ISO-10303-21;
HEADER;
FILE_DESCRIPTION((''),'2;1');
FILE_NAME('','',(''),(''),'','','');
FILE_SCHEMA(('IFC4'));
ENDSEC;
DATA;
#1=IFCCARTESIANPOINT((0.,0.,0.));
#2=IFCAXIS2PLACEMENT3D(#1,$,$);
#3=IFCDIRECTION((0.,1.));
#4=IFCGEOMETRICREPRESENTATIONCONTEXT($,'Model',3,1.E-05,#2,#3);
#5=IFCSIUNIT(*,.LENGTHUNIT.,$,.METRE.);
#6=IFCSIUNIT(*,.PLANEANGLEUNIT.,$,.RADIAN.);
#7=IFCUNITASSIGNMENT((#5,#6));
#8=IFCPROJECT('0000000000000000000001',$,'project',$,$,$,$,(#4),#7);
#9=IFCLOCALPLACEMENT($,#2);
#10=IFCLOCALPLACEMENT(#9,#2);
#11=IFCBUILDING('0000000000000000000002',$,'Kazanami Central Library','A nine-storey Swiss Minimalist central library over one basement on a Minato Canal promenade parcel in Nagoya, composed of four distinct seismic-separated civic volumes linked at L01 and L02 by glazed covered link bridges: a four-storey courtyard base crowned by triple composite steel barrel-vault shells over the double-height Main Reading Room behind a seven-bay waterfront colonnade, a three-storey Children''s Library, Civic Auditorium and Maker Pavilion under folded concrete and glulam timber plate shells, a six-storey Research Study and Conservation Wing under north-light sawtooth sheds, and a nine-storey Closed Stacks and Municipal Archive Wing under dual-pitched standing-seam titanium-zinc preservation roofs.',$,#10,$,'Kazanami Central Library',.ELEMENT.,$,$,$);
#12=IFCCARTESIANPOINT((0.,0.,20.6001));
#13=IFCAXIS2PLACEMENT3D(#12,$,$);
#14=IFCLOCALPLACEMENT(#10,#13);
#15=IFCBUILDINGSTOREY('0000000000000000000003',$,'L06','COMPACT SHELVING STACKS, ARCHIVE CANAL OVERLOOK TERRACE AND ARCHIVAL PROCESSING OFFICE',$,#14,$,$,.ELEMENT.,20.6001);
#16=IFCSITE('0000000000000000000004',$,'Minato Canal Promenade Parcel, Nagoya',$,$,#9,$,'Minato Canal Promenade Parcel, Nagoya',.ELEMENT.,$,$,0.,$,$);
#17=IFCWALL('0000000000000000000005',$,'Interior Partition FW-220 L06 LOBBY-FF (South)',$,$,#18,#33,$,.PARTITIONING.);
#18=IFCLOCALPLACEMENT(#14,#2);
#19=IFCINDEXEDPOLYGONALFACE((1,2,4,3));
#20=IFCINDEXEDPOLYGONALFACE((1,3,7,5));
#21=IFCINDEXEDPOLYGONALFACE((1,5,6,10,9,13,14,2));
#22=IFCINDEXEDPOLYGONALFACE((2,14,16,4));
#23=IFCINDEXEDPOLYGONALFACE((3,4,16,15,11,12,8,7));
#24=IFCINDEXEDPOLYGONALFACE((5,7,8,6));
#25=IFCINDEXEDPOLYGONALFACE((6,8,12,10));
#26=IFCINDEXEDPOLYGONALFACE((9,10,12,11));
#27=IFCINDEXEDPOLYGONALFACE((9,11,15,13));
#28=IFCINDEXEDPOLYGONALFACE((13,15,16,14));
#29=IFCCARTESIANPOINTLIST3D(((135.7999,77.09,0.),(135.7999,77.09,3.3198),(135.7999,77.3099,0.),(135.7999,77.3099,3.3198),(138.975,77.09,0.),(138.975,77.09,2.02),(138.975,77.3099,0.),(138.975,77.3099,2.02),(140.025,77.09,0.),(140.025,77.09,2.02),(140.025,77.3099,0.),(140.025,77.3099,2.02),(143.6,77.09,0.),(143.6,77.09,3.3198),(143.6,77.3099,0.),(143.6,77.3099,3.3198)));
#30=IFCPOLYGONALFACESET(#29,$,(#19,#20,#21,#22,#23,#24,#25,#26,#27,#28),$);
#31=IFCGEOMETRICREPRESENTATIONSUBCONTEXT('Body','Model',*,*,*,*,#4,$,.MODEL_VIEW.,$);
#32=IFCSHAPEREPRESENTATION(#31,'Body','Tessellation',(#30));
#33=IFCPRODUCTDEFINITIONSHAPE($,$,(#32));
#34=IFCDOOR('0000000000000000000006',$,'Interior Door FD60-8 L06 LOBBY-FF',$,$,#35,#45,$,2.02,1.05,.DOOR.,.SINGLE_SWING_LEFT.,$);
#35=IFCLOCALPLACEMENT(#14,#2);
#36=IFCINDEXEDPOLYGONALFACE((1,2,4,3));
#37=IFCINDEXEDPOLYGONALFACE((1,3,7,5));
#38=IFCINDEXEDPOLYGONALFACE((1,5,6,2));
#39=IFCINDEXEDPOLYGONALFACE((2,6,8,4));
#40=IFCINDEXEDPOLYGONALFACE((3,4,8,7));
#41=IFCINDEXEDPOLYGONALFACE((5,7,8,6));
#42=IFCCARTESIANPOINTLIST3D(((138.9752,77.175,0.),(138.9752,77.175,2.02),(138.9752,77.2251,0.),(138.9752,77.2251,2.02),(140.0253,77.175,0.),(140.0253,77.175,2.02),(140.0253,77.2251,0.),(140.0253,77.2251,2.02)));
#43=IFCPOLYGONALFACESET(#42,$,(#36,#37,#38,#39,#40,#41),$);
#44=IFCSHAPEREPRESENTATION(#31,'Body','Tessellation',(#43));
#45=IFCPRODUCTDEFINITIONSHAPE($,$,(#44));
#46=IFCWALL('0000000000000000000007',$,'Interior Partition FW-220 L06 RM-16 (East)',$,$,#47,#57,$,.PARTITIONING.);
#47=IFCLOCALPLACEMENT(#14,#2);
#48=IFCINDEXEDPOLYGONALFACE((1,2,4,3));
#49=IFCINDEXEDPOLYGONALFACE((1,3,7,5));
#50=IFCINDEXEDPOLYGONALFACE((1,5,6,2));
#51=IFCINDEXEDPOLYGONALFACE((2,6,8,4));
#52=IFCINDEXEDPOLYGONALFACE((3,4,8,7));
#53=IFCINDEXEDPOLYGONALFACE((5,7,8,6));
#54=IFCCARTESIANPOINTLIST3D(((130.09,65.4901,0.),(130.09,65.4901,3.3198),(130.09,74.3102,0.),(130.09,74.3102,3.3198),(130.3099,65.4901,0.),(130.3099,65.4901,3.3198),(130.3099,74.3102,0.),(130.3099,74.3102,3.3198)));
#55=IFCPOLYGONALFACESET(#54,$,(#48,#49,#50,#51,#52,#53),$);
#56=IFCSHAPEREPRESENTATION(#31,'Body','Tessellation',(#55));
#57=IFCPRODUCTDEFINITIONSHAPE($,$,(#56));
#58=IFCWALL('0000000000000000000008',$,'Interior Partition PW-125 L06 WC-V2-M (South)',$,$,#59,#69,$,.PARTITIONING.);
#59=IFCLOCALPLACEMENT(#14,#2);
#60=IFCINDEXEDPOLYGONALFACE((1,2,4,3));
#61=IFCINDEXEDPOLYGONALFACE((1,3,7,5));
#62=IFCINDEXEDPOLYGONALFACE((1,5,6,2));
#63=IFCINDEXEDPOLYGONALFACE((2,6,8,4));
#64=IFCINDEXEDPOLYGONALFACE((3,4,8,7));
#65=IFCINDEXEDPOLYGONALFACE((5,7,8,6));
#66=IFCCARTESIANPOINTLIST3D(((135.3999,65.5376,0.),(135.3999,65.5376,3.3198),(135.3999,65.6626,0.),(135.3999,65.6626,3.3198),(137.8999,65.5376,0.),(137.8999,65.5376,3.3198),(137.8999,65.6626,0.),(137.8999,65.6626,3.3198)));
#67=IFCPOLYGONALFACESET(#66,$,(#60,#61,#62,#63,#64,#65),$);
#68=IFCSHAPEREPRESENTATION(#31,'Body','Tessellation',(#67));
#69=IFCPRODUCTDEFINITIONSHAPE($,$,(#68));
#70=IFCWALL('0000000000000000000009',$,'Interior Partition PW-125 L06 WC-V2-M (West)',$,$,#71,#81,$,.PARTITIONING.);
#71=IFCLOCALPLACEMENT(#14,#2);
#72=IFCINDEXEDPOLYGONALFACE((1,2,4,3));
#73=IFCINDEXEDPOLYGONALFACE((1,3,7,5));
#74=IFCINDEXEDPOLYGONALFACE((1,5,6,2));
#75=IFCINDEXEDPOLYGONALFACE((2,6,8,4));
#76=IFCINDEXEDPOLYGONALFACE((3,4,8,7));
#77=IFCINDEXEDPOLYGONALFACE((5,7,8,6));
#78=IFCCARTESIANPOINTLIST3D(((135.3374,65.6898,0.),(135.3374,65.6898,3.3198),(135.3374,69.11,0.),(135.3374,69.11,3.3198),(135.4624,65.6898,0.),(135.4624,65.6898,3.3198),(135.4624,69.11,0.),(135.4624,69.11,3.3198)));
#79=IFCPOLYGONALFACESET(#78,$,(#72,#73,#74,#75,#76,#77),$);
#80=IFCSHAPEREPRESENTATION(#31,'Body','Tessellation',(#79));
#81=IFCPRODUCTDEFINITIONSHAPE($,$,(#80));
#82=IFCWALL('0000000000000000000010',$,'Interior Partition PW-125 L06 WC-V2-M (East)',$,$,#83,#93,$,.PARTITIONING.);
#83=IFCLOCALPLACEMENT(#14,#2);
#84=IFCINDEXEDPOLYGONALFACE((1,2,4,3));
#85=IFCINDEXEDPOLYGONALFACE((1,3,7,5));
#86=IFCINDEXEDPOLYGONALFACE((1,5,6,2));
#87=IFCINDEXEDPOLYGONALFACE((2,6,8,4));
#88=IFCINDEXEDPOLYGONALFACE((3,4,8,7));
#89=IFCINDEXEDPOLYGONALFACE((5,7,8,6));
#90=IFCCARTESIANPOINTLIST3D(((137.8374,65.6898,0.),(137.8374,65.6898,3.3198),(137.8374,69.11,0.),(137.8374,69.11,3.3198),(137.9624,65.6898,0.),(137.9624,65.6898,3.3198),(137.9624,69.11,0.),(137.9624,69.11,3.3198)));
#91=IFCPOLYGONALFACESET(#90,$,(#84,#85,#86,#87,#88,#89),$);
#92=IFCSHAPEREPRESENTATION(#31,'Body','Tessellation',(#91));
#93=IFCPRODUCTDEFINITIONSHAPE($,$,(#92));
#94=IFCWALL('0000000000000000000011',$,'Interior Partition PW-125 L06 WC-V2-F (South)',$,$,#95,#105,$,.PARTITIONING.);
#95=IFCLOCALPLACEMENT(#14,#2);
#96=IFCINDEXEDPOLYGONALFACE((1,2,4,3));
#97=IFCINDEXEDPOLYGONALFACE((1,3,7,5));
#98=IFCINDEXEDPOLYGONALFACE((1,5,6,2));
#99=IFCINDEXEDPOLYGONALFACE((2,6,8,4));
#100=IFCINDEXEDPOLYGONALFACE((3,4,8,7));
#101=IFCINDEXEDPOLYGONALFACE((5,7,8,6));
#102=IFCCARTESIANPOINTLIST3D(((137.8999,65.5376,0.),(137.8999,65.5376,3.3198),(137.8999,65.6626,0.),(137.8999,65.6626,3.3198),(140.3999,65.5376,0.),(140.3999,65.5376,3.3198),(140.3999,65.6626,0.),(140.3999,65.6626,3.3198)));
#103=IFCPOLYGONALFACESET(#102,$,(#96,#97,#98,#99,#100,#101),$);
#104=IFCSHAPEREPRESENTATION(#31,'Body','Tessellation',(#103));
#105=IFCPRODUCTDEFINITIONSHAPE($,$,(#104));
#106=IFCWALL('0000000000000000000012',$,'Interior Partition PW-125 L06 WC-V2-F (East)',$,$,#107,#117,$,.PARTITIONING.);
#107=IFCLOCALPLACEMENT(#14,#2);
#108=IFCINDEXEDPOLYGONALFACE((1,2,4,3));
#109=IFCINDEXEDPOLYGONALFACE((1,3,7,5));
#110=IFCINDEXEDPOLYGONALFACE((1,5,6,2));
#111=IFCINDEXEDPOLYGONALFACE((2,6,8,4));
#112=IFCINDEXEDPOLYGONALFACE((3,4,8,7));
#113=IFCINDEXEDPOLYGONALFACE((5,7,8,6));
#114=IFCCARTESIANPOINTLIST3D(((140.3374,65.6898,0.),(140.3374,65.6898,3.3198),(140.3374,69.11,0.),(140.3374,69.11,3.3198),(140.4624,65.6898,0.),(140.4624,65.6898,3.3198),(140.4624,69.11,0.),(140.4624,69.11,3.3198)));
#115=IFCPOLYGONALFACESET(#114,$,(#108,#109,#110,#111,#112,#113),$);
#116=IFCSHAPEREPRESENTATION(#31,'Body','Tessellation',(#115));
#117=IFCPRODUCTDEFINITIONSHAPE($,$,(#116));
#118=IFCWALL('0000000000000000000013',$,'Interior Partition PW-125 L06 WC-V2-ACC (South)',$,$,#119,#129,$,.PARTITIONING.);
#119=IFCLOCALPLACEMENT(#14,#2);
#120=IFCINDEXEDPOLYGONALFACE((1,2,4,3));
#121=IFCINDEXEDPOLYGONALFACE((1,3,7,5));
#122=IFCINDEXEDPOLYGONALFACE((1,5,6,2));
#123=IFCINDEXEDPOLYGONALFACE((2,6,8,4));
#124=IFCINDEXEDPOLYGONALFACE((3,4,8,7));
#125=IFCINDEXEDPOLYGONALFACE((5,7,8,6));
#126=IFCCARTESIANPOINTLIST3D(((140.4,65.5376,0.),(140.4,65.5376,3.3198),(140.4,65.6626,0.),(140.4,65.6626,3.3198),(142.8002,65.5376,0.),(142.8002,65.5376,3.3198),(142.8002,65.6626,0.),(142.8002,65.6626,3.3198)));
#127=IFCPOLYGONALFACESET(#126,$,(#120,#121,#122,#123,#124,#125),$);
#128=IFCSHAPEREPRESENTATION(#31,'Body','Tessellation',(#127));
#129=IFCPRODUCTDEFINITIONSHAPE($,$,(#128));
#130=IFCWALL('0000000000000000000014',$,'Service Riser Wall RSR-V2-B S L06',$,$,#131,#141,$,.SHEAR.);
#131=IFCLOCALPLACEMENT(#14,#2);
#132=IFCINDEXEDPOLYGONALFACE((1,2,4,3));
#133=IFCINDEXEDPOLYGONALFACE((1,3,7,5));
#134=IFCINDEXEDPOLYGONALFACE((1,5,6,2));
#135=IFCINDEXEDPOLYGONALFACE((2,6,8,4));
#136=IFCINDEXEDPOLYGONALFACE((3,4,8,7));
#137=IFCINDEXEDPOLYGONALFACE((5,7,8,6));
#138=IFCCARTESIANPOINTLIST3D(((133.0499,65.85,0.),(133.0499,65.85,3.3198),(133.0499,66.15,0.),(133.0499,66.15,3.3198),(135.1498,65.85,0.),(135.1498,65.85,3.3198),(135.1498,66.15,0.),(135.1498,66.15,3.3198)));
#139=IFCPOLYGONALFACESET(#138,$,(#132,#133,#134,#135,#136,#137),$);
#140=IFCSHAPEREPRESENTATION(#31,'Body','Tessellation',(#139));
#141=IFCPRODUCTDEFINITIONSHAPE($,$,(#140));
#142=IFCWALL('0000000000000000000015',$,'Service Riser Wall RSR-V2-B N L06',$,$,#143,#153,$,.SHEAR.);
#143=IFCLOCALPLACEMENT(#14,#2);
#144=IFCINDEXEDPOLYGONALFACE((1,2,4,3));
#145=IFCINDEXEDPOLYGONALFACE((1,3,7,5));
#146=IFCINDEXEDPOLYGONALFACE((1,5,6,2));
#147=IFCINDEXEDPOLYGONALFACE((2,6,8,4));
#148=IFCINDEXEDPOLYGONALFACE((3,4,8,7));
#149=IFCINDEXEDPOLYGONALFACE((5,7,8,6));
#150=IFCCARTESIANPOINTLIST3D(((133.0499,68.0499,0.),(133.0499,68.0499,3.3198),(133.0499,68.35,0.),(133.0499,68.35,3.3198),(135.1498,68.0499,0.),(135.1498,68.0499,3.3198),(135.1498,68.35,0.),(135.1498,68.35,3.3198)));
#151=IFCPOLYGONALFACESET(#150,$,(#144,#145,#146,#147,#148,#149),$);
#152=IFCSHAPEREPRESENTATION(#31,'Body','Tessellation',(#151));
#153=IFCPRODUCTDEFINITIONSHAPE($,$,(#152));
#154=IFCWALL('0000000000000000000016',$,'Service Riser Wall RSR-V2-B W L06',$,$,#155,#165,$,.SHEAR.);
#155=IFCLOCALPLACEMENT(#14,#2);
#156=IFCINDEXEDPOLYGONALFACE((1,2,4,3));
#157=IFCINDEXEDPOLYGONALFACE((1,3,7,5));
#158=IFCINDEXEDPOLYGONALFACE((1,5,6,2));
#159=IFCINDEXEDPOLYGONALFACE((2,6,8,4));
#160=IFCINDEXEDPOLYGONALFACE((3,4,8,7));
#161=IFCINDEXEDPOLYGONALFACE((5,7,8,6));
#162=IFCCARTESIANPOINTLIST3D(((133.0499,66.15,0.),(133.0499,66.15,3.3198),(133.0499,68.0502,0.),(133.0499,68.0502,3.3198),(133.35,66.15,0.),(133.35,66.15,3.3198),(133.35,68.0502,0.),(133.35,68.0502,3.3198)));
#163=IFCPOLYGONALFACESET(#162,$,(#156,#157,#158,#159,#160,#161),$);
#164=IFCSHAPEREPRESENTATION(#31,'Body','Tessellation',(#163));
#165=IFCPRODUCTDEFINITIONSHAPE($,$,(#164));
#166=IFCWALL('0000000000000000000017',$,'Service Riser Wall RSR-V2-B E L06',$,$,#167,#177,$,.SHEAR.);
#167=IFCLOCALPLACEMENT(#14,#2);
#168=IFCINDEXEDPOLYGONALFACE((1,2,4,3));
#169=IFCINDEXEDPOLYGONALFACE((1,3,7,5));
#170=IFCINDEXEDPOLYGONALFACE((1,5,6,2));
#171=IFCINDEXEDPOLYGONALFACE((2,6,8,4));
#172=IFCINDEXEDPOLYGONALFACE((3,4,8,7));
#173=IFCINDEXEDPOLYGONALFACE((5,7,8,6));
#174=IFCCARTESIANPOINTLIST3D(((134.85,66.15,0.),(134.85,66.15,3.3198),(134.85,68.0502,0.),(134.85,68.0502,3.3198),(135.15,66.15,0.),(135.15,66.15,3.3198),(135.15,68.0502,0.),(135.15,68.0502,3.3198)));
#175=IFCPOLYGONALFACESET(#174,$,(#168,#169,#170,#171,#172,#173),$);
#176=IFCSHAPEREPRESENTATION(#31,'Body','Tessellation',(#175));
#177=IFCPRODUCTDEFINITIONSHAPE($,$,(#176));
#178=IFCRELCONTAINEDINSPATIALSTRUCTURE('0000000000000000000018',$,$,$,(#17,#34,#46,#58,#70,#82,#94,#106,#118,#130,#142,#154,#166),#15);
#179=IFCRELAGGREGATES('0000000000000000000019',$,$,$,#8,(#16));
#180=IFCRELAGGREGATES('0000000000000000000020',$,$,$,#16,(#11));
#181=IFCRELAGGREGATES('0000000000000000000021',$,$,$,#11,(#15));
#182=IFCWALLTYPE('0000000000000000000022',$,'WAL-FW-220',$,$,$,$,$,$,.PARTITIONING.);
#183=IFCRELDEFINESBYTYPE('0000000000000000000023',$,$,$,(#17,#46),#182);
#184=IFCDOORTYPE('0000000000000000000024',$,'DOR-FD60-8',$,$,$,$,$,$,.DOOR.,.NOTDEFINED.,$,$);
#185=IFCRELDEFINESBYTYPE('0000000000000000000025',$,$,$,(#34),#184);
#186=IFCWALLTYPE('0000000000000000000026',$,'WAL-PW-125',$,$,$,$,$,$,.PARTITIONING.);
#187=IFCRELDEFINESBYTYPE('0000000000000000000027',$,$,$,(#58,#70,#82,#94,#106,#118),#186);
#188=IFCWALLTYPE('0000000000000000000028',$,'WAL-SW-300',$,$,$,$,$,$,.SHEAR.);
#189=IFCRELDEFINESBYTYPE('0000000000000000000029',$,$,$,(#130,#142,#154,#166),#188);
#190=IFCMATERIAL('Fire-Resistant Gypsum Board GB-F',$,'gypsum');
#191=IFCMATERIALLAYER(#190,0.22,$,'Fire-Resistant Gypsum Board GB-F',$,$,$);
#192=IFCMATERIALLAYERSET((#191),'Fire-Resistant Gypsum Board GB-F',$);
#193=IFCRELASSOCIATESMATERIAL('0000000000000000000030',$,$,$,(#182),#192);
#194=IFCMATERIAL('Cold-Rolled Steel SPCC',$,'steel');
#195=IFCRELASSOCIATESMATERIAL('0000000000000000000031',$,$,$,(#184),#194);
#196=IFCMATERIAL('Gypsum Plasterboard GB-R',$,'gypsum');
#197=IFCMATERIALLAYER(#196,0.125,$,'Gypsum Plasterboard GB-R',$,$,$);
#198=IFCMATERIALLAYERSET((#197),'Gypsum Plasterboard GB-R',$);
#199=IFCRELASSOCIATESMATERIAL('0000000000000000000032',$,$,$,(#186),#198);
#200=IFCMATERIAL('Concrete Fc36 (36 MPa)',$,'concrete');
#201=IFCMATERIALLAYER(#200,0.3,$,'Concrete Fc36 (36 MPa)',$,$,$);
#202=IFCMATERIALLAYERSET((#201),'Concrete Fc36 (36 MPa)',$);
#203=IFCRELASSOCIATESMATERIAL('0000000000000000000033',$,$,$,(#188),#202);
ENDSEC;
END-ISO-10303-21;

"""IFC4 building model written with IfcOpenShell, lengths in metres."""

from ifc_helpers import new_model, si_unit, direction, frame, frame_2d, origin, place, context, subcontext, project, spatial, rectangle, extrude, material, layer, layer_set, type_object, element, fill, save


model = new_model("IFC4")

# Units and contexts
model_context = context("Model", 3, precision=1e-05, world=origin(), true_north=direction((0.0, 1.0)))
body_context = subcontext(model_context, "Body", "Model", "MODEL_VIEW")
ifc_project = project(units=[si_unit("LENGTHUNIT", "METRE"), si_unit("PLANEANGLEUNIT", "RADIAN")], contexts=[model_context])

# Site, building, storey
site_placement = place(None, origin())
site = spatial("IfcSite", under=ifc_project, at=site_placement, Name="Minato Canal Promenade Parcel, Nagoya", LongName="Minato Canal Promenade Parcel, Nagoya", CompositionType="ELEMENT", RefElevation=0.0)
building_placement = place(site_placement, origin())
building = spatial("IfcBuilding", under=site, at=building_placement, Name="Kazanami Central Library", Description="A nine-storey Swiss Minimalist central library over one basement on a Minato Canal promenade parcel in Nagoya, composed of four distinct seismic-separated civic volumes linked at L01 and L02 by glazed covered link bridges: a four-storey courtyard base crowned by triple composite steel barrel-vault shells over the double-height Main Reading Room behind a seven-bay waterfront colonnade, a three-storey Children's Library, Civic Auditorium and Maker Pavilion under folded concrete and glulam timber plate shells, a six-storey Research Study and Conservation Wing under north-light sawtooth sheds, and a nine-storey Closed Stacks and Municipal Archive Wing under dual-pitched standing-seam titanium-zinc preservation roofs.", LongName="Kazanami Central Library", CompositionType="ELEMENT")
storey_placement = place(building_placement, frame((0.0, 0.0, 20.6001)))
storey = spatial("IfcBuildingStorey", under=building, at=storey_placement, Name="L06", Description="COMPACT SHELVING STACKS, ARCHIVE CANAL OVERLOOK TERRACE AND ARCHIVAL PROCESSING OFFICE", CompositionType="ELEMENT", Elevation=20.6001)

# Shared definitions
ifc_material_1 = material(Name="Fire-Resistant Gypsum Board GB-F", Category="gypsum")
ifc_material_2 = material(Name="Cold-Rolled Steel SPCC", Category="steel")

# Shared definitions
ifc_layer_1 = layer(ifc_material_1, 0.22, Name="Fire-Resistant Gypsum Board GB-F")
ifc_layer_set_1 = layer_set([ifc_layer_1], Name="Fire-Resistant Gypsum Board GB-F")
wall_type_1 = type_object("IfcWallType", Name="WAL-FW-220", PredefinedType="PARTITIONING", material=ifc_layer_set_1)

# Wall, opening, door
wall_1_placement = place(storey_placement, frame((135.8, 77.2, 0.0), z_axis=(0.0, 0.0, 1.0), x_axis=(1.0, 0.0, 0.0)))
wall_1 = element("IfcWall", 1, at=wall_1_placement, inside=storey, type_object=wall_type_1, Name="Interior Partition FW-220 L06 LOBBY-FF (South)", PredefinedType="PARTITIONING", context=body_context, shape_type="SweptSolid", body=[
    extrude(rectangle(XDim=7.8, YDim=0.22, at=frame_2d((3.8999, 0.0))), origin(), (0.0, 0.0, 1.0), 3.3198),
])
opening_1_placement = place(wall_1_placement, frame((3.175, 0.0, 0.0)))
opening_1 = element("IfcOpeningElement", 2, at=opening_1_placement, cuts=wall_1, PredefinedType="OPENING", context=body_context, shape_type="SweptSolid", body=[
    extrude(rectangle(XDim=1.05, YDim=2.02, at=frame_2d((0.5249, 1.01))), frame((0.0, 0.1221, 0.0), z_axis=(0.0, -1.0, 0.0), x_axis=(1.0, 0.0, 0.0)), (0.0, 0.0, 1.0), 0.2439),
])
door_type_1 = type_object("IfcDoorType", Name="DOR-FD60-8", OperationType="NOTDEFINED", PredefinedType="DOOR", material=ifc_material_2)
door_1_placement = place(opening_1_placement, frame((1.05, 0.0, 0.0), z_axis=(0.0, 0.0, 1.0), x_axis=(-1.0, 0.0, 0.0)))
door_1 = element("IfcDoor", 3, at=door_1_placement, inside=storey, type_object=door_type_1, Name="Interior Door FD60-8 L06 LOBBY-FF", OperationType="SINGLE_SWING_LEFT", OverallHeight=2.02, OverallWidth=1.05, PredefinedType="DOOR", context=body_context, shape_type="SweptSolid", body=[
    extrude(rectangle(XDim=1.05, YDim=2.02, at=frame_2d((0.5249, 1.01))), frame((0.0, 0.0249, 0.0), z_axis=(0.0, -1.0, 0.0), x_axis=(1.0, 0.0, 0.0)), (0.0, 0.0, 1.0), 0.05),
])
fill(opening_1, door_1)

# Walls
wall_2_placement = place(storey_placement, frame((130.2, 65.49, 0.0), z_axis=(0.0, 0.0, 1.0), x_axis=(0.0, 1.0, 0.0)))
element("IfcWall", 4, at=wall_2_placement, inside=storey, type_object=wall_type_1, Name="Interior Partition FW-220 L06 RM-16 (East)", PredefinedType="PARTITIONING", context=body_context, shape_type="SweptSolid", body=[
    extrude(rectangle(XDim=8.8201, YDim=0.22, at=frame_2d((4.4102, 0.0))), origin(), (0.0, 0.0, 1.0), 3.3198),
])
ifc_material_3 = material(Name="Gypsum Plasterboard GB-R", Category="gypsum")
ifc_layer_2 = layer(ifc_material_3, 0.125, Name="Gypsum Plasterboard GB-R")
ifc_layer_set_2 = layer_set([ifc_layer_2], Name="Gypsum Plasterboard GB-R")
wall_type_2 = type_object("IfcWallType", Name="WAL-PW-125", PredefinedType="PARTITIONING", material=ifc_layer_set_2)
wall_3_placement = place(storey_placement, frame((135.3999, 65.6001, 0.0), z_axis=(0.0, 0.0, 1.0), x_axis=(1.0, 0.0, 0.0)))
element("IfcWall", 5, at=wall_3_placement, inside=storey, type_object=wall_type_2, Name="Interior Partition PW-125 L06 WC-V2-M (South)", PredefinedType="PARTITIONING", context=body_context, shape_type="SweptSolid", body=[
    extrude(rectangle(XDim=2.5, YDim=0.125, at=frame_2d((1.25, 0.0))), origin(), (0.0, 0.0, 1.0), 3.3198),
])
for number, where, z_axis, x_axis, name in (
    (6, (135.3999, 65.6899, 0.0), (0.0, 0.0, 1.0), (0.0, 1.0, 0.0), "Interior Partition PW-125 L06 WC-V2-M (West)"),
    (7, (137.8999, 65.6899, 0.0), (0.0, 0.0, 1.0), (0.0, 1.0, 0.0), "Interior Partition PW-125 L06 WC-V2-M (East)"),
):
    element("IfcWall", number, at=place(storey_placement, frame(where, z_axis=z_axis, x_axis=x_axis)), inside=storey, type_object=wall_type_2, Name=name, PredefinedType="PARTITIONING", context=body_context, shape_type="SweptSolid", body=[
        extrude(rectangle(XDim=3.4202, YDim=0.125, at=frame_2d((1.71, 0.0))), origin(), (0.0, 0.0, 1.0), 3.3198),
    ])
wall_4_placement = place(storey_placement, frame((137.8999, 65.6001, 0.0), z_axis=(0.0, 0.0, 1.0), x_axis=(1.0, 0.0, 0.0)))
element("IfcWall", 8, at=wall_4_placement, inside=storey, type_object=wall_type_2, Name="Interior Partition PW-125 L06 WC-V2-F (South)", PredefinedType="PARTITIONING", context=body_context, shape_type="SweptSolid", body=[
    extrude(rectangle(XDim=2.5, YDim=0.125, at=frame_2d((1.25, 0.0))), origin(), (0.0, 0.0, 1.0), 3.3198),
])
wall_5_placement = place(storey_placement, frame((140.3999, 65.6899, 0.0), z_axis=(0.0, 0.0, 1.0), x_axis=(0.0, 1.0, 0.0)))
element("IfcWall", 9, at=wall_5_placement, inside=storey, type_object=wall_type_2, Name="Interior Partition PW-125 L06 WC-V2-F (East)", PredefinedType="PARTITIONING", context=body_context, shape_type="SweptSolid", body=[
    extrude(rectangle(XDim=3.4202, YDim=0.125, at=frame_2d((1.71, 0.0))), origin(), (0.0, 0.0, 1.0), 3.3198),
])
wall_6_placement = place(storey_placement, frame((140.3999, 65.6001, 0.0), z_axis=(0.0, 0.0, 1.0), x_axis=(1.0, 0.0, 0.0)))
element("IfcWall", 10, at=wall_6_placement, inside=storey, type_object=wall_type_2, Name="Interior Partition PW-125 L06 WC-V2-ACC (South)", PredefinedType="PARTITIONING", context=body_context, shape_type="SweptSolid", body=[
    extrude(rectangle(XDim=2.4001, YDim=0.125, at=frame_2d((1.2002, 0.0))), origin(), (0.0, 0.0, 1.0), 3.3198),
])
ifc_material_4 = material(Name="Concrete Fc36 (36 MPa)", Category="concrete")
ifc_layer_3 = layer(ifc_material_4, 0.3, Name="Concrete Fc36 (36 MPa)")
ifc_layer_set_3 = layer_set([ifc_layer_3], Name="Concrete Fc36 (36 MPa)")
wall_type_3 = type_object("IfcWallType", Name="WAL-SW-300", PredefinedType="SHEAR", material=ifc_layer_set_3)
for number, where, z_axis, x_axis, name in (
    (11, (133.05, 66.0, 0.0), (0.0, 0.0, 1.0), (1.0, 0.0, 0.0), "Service Riser Wall RSR-V2-B S L06"),
    (12, (133.05, 68.2, 0.0), (0.0, 0.0, 1.0), (1.0, 0.0, 0.0), "Service Riser Wall RSR-V2-B N L06"),
):
    element("IfcWall", number, at=place(storey_placement, frame(where, z_axis=z_axis, x_axis=x_axis)), inside=storey, type_object=wall_type_3, Name=name, PredefinedType="SHEAR", context=body_context, shape_type="SweptSolid", body=[
        extrude(rectangle(XDim=2.0999, YDim=0.3, at=frame_2d((1.0498, 0.0))), origin(), (0.0, 0.0, 1.0), 3.3198),
    ])
for number, where, z_axis, x_axis, name in (
    (13, (133.2, 66.1499, 0.0), (0.0, 0.0, 1.0), (0.0, 1.0, 0.0), "Service Riser Wall RSR-V2-B W L06"),
    (14, (135.0, 66.1499, 0.0), (0.0, 0.0, 1.0), (0.0, 1.0, 0.0), "Service Riser Wall RSR-V2-B E L06"),
):
    element("IfcWall", number, at=place(storey_placement, frame(where, z_axis=z_axis, x_axis=x_axis)), inside=storey, type_object=wall_type_3, Name=name, PredefinedType="SHEAR", context=body_context, shape_type="SweptSolid", body=[
        extrude(rectangle(XDim=1.9001, YDim=0.3, at=frame_2d((0.9502, 0.0))), origin(), (0.0, 0.0, 1.0), 3.3198),
    ])

save(model, "model.ifc")
